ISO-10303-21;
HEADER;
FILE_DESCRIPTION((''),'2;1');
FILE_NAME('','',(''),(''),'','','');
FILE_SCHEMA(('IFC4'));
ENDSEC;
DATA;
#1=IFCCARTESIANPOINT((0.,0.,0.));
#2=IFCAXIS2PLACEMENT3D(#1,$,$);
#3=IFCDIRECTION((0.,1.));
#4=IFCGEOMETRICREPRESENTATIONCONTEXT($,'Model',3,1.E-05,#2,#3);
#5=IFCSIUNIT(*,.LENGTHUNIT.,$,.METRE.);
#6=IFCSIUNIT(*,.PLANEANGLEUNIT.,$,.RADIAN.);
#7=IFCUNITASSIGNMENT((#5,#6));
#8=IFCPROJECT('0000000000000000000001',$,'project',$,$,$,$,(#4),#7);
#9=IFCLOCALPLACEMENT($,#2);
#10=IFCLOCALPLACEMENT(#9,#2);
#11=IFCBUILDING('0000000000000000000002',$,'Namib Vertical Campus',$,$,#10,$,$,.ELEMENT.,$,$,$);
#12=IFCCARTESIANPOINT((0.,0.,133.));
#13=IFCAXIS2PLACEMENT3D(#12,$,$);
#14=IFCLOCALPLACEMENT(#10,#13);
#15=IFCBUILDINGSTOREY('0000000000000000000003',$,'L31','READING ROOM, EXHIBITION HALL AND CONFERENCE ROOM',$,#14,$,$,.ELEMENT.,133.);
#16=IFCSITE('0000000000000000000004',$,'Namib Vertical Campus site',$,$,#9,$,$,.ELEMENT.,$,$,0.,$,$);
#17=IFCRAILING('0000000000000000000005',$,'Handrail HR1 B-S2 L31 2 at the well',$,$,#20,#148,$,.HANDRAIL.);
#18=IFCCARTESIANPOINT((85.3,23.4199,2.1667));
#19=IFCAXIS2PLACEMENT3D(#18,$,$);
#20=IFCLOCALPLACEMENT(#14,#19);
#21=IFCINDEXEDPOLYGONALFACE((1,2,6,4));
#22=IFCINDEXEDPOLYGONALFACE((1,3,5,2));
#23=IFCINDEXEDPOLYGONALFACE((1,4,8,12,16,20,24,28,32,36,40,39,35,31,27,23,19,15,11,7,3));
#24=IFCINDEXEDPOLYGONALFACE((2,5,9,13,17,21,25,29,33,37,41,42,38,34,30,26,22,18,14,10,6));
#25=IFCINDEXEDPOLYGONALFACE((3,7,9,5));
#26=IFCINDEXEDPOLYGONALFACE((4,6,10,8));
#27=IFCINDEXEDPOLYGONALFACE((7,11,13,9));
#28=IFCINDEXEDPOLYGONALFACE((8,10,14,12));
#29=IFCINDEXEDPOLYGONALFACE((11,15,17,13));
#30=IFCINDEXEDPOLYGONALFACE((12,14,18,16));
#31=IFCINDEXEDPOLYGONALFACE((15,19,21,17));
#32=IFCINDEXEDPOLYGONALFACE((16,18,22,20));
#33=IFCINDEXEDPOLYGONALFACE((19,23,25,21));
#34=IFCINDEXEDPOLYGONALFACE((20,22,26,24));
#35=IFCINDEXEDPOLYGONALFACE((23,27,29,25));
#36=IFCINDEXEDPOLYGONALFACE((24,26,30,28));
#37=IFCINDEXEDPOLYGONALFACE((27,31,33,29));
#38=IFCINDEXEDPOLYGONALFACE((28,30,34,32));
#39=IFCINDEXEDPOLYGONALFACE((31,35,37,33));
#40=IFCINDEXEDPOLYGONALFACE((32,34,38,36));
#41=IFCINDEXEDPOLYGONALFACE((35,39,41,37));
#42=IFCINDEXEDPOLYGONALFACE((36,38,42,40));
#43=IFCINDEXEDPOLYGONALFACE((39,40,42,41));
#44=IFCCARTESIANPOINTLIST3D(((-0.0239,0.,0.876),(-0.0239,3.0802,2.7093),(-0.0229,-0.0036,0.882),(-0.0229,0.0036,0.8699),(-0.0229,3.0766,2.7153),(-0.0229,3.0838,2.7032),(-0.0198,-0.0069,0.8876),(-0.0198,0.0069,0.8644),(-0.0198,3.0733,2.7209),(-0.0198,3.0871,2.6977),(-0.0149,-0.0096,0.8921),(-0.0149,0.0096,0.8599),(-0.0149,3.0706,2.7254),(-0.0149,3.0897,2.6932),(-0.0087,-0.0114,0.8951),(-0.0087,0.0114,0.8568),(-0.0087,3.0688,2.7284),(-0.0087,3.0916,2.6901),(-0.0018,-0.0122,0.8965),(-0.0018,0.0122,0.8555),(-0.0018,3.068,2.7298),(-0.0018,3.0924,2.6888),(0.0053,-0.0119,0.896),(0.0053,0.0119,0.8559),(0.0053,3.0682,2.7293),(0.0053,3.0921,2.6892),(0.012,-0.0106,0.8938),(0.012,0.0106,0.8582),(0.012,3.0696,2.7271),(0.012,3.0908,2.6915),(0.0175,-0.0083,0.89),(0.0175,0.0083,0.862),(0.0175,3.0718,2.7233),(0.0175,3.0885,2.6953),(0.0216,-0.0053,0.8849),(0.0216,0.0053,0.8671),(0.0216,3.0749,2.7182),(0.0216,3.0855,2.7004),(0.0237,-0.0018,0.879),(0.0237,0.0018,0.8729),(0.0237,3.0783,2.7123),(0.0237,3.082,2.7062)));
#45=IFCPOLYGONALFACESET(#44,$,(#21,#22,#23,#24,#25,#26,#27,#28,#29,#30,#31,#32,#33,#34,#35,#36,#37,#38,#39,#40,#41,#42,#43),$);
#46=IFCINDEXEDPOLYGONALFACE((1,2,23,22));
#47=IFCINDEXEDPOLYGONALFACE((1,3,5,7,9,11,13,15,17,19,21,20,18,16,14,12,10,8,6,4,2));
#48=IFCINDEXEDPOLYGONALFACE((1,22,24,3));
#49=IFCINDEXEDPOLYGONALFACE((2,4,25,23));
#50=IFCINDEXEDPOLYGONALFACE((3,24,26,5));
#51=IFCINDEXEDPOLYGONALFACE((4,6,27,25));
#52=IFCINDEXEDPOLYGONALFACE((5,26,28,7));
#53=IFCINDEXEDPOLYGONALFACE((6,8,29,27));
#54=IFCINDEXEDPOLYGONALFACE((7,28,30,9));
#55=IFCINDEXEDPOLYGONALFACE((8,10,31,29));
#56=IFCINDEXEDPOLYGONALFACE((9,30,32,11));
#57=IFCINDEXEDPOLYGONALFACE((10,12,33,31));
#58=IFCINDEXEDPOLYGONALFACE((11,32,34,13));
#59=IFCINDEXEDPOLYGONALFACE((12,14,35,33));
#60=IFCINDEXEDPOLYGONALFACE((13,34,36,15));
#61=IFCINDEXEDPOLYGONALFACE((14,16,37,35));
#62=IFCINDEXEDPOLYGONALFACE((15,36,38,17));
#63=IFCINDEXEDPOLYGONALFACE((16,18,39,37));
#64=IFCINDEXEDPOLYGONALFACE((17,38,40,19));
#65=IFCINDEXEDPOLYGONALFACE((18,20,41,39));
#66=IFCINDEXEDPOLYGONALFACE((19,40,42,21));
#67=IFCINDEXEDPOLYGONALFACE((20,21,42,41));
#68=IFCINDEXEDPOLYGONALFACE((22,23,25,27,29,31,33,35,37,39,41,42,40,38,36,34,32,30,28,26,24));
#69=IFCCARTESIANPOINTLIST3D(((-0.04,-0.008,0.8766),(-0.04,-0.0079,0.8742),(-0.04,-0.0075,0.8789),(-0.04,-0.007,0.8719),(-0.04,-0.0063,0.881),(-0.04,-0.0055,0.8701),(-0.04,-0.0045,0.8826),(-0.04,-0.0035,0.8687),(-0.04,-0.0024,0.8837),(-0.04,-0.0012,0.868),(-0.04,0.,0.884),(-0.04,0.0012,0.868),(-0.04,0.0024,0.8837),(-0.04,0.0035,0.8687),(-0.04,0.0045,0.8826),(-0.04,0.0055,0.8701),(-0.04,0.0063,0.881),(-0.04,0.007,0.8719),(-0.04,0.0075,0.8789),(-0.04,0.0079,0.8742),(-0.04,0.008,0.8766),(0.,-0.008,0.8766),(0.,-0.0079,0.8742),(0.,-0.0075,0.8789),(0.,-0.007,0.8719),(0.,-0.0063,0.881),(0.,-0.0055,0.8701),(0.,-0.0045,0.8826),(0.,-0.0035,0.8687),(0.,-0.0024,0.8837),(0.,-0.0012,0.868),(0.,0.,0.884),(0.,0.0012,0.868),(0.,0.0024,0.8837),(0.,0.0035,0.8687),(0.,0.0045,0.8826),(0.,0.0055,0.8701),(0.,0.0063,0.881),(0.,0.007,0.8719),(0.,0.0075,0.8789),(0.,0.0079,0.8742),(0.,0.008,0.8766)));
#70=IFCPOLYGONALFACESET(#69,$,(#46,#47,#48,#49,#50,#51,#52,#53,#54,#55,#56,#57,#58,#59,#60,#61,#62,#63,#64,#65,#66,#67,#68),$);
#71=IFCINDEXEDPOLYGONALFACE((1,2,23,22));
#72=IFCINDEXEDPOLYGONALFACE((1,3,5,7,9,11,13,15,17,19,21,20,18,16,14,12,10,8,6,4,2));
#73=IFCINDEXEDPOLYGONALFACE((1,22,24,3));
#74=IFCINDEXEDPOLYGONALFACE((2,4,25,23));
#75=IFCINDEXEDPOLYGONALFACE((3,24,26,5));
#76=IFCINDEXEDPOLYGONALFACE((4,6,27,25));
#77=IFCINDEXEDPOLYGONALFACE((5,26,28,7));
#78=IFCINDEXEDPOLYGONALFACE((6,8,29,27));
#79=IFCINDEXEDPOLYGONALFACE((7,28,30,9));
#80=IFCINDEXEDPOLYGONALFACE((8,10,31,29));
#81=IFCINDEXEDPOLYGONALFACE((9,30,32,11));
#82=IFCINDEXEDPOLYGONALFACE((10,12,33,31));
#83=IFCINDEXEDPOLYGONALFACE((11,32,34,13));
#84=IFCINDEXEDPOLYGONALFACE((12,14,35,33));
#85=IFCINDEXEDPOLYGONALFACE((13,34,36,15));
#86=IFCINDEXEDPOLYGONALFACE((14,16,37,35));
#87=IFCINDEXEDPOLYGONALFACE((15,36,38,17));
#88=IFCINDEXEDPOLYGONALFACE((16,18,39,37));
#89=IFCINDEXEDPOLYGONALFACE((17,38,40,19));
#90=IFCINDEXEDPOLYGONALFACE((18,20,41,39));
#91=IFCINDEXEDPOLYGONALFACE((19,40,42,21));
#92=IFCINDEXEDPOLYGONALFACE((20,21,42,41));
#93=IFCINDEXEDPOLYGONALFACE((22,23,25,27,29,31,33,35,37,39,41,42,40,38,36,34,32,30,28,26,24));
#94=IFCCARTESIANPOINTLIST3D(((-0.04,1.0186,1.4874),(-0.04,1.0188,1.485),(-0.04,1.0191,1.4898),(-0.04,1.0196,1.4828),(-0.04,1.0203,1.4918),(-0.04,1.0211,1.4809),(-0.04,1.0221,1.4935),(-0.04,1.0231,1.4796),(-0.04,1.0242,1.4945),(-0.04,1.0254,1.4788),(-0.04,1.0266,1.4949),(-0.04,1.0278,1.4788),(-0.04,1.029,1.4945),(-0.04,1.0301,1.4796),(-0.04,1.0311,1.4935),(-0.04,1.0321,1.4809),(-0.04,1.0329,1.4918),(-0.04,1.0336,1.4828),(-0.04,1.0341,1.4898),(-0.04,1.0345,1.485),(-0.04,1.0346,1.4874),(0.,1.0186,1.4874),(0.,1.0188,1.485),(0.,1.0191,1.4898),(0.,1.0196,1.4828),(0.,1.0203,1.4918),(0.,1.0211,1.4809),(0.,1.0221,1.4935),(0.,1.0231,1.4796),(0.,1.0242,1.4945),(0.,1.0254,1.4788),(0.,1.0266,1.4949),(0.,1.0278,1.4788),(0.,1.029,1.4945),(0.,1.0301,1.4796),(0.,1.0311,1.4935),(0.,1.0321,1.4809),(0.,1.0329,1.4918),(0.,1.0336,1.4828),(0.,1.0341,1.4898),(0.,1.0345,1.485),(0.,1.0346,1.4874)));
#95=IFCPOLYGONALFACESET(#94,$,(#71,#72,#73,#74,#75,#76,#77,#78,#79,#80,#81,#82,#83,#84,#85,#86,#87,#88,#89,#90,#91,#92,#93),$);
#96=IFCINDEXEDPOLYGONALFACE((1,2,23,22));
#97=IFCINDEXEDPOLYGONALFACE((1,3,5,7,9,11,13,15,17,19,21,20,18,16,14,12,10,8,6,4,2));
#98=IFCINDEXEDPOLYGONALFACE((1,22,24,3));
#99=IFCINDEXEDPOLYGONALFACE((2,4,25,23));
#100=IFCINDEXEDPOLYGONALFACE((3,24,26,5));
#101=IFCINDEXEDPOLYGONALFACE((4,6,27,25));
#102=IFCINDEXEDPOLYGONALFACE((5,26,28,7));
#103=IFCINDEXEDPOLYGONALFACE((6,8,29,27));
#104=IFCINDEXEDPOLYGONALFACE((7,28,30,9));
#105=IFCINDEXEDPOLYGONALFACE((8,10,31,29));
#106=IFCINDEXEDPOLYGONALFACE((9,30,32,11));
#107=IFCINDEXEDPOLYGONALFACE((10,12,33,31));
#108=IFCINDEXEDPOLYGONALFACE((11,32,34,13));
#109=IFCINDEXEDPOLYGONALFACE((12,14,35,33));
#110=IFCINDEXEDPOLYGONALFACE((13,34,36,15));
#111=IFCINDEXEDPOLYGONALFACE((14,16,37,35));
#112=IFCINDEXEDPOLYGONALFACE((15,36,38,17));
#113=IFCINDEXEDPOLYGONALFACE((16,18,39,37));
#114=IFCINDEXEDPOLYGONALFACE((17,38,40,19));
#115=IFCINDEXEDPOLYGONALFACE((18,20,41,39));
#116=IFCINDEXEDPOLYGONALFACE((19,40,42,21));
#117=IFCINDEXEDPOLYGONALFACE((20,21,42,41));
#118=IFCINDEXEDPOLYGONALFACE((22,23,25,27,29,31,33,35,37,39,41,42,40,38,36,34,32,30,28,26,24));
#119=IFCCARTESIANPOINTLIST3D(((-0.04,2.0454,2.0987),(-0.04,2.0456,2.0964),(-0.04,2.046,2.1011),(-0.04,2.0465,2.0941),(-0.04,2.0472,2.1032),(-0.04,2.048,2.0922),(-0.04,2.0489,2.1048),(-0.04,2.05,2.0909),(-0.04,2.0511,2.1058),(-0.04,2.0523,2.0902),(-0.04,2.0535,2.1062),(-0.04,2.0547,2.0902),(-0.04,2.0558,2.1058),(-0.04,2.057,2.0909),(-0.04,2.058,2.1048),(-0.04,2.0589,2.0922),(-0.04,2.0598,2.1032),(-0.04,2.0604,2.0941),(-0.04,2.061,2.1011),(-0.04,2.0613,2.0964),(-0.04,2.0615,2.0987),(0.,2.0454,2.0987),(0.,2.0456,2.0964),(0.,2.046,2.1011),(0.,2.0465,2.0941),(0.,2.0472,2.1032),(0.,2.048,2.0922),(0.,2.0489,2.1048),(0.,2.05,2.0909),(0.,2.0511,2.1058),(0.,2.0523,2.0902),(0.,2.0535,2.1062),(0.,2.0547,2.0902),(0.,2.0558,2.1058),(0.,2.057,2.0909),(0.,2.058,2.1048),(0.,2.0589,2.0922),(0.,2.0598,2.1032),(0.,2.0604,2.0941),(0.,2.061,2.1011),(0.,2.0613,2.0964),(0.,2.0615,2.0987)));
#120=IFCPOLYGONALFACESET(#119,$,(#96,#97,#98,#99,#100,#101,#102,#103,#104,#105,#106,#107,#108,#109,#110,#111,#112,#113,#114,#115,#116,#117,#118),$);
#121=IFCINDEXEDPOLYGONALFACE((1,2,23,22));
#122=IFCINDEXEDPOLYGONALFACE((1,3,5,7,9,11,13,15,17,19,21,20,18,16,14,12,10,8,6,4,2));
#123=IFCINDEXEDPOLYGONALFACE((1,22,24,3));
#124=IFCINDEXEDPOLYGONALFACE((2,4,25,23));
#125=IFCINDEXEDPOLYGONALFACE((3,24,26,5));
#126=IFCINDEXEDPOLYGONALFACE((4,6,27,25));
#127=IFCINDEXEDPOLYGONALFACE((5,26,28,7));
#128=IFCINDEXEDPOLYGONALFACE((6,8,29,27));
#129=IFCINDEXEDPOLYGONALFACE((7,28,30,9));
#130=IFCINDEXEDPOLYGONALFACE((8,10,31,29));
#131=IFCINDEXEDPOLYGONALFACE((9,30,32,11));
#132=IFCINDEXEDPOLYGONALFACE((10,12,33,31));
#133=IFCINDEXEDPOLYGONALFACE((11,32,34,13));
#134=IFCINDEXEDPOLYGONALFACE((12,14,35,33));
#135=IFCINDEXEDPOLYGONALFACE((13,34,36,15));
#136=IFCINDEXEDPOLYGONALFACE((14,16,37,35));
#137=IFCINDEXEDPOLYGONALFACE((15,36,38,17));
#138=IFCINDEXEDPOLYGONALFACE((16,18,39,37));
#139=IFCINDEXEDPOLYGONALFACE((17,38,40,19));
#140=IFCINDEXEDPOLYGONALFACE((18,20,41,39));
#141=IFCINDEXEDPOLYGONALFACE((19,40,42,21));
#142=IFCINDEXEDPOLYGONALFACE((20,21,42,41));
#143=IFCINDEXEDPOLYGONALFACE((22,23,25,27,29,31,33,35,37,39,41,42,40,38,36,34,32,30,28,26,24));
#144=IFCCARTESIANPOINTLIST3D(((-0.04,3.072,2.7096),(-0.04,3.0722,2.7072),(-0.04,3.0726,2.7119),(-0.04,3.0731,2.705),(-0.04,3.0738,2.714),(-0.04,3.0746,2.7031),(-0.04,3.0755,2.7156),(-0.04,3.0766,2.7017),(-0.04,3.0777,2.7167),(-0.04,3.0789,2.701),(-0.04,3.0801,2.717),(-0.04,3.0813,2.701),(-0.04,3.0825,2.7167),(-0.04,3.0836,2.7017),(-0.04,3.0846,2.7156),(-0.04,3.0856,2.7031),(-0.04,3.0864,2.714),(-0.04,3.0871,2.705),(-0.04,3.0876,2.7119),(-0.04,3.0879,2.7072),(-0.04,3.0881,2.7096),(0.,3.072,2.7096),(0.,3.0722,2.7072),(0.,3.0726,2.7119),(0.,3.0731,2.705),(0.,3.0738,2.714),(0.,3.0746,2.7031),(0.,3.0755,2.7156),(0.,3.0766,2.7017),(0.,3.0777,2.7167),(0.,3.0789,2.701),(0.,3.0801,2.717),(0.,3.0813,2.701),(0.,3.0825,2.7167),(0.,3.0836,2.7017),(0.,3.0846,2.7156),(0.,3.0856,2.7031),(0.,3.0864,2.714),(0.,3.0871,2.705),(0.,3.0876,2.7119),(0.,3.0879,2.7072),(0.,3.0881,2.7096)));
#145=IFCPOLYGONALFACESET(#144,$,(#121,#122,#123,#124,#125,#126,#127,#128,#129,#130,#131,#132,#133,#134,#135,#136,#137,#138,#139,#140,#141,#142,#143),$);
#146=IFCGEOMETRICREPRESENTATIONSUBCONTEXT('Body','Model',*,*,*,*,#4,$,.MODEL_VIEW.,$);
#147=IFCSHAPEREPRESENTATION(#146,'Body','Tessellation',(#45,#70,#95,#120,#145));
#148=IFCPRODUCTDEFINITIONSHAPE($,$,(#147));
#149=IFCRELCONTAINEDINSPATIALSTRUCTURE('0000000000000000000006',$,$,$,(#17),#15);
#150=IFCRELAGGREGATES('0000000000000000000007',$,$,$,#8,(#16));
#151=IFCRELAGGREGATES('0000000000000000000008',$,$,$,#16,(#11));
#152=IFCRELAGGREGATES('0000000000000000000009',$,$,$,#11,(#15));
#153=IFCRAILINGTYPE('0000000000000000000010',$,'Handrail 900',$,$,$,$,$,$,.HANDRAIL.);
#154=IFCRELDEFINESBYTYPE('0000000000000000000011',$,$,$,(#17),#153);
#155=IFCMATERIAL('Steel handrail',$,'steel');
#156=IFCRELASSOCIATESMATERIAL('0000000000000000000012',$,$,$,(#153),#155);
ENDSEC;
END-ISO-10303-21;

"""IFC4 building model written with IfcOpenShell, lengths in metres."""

from ifc_helpers import new_model, si_unit, direction, frame, origin, origin_2d, place, context, subcontext, project, spatial, circle, extrude, material, type_object, element, save


model = new_model("IFC4")

# Units and contexts
model_context = context("Model", 3, precision=1e-05, world=origin(), true_north=direction((0.0, 1.0)))
body_context = subcontext(model_context, "Body", "Model", "MODEL_VIEW")
ifc_project = project(units=[si_unit("LENGTHUNIT", "METRE"), si_unit("PLANEANGLEUNIT", "RADIAN")], contexts=[model_context])

# Site, building, storey
site_placement = place(None, origin())
site = spatial("IfcSite", under=ifc_project, at=site_placement, Name="Namib Vertical Campus site", CompositionType="ELEMENT", RefElevation=0.0)
building_placement = place(site_placement, origin())
building = spatial("IfcBuilding", under=site, at=building_placement, Name="Namib Vertical Campus", CompositionType="ELEMENT")
storey_placement = place(building_placement, frame((0.0, 0.0, 133.0)))
storey = spatial("IfcBuildingStorey", under=building, at=storey_placement, Name="L31", Description="READING ROOM, EXHIBITION HALL AND CONFERENCE ROOM", CompositionType="ELEMENT", Elevation=133.0)

# Railing
ifc_material_1 = material(Name="Steel handrail", Category="steel")
railing_type_1 = type_object("IfcRailingType", Name="Handrail 900", PredefinedType="HANDRAIL", material=ifc_material_1)
railing_1_placement = place(storey_placement, frame((85.3, 23.4199, 2.1667)))
element("IfcRailing", 1, at=railing_1_placement, inside=storey, type_object=railing_type_1, Name="Handrail HR1 B-S2 L31 2 at the well", PredefinedType="HANDRAIL", context=body_context, shape_type="SweptSolid", body=[
    extrude(circle(Radius=0.0239, at=origin_2d()), frame((0.0, 0.0, 0.876), z_axis=(0.0, 0.859309, 0.511458), x_axis=(-1.0, 0.0, 0.0)), (0.0, 0.0, 1.0), 3.5845),
    extrude(circle(Radius=0.0081, at=origin_2d()), frame((0.0, 0.0, 0.876), z_axis=(-1.0, 0.0, 0.0), x_axis=(0.0, 0.0, 1.0)), (0.0, 0.0, 1.0), 0.04),
    extrude(circle(Radius=0.0081, at=origin_2d()), frame((0.0, 1.0266, 1.4868), z_axis=(-1.0, 0.0, 0.0), x_axis=(0.0, 0.0, 1.0)), (0.0, 0.0, 1.0), 0.04),
    extrude(circle(Radius=0.0081, at=origin_2d()), frame((0.0, 2.0535, 2.0981), z_axis=(-1.0, 0.0, 0.0), x_axis=(0.0, 0.0, 1.0)), (0.0, 0.0, 1.0), 0.04),
    extrude(circle(Radius=0.0081, at=origin_2d()), frame((0.0, 3.0801, 2.709), z_axis=(-1.0, 0.0, 0.0), x_axis=(0.0, 0.0, 1.0)), (0.0, 0.0, 1.0), 0.04),
])

save(model, "model.ifc")
